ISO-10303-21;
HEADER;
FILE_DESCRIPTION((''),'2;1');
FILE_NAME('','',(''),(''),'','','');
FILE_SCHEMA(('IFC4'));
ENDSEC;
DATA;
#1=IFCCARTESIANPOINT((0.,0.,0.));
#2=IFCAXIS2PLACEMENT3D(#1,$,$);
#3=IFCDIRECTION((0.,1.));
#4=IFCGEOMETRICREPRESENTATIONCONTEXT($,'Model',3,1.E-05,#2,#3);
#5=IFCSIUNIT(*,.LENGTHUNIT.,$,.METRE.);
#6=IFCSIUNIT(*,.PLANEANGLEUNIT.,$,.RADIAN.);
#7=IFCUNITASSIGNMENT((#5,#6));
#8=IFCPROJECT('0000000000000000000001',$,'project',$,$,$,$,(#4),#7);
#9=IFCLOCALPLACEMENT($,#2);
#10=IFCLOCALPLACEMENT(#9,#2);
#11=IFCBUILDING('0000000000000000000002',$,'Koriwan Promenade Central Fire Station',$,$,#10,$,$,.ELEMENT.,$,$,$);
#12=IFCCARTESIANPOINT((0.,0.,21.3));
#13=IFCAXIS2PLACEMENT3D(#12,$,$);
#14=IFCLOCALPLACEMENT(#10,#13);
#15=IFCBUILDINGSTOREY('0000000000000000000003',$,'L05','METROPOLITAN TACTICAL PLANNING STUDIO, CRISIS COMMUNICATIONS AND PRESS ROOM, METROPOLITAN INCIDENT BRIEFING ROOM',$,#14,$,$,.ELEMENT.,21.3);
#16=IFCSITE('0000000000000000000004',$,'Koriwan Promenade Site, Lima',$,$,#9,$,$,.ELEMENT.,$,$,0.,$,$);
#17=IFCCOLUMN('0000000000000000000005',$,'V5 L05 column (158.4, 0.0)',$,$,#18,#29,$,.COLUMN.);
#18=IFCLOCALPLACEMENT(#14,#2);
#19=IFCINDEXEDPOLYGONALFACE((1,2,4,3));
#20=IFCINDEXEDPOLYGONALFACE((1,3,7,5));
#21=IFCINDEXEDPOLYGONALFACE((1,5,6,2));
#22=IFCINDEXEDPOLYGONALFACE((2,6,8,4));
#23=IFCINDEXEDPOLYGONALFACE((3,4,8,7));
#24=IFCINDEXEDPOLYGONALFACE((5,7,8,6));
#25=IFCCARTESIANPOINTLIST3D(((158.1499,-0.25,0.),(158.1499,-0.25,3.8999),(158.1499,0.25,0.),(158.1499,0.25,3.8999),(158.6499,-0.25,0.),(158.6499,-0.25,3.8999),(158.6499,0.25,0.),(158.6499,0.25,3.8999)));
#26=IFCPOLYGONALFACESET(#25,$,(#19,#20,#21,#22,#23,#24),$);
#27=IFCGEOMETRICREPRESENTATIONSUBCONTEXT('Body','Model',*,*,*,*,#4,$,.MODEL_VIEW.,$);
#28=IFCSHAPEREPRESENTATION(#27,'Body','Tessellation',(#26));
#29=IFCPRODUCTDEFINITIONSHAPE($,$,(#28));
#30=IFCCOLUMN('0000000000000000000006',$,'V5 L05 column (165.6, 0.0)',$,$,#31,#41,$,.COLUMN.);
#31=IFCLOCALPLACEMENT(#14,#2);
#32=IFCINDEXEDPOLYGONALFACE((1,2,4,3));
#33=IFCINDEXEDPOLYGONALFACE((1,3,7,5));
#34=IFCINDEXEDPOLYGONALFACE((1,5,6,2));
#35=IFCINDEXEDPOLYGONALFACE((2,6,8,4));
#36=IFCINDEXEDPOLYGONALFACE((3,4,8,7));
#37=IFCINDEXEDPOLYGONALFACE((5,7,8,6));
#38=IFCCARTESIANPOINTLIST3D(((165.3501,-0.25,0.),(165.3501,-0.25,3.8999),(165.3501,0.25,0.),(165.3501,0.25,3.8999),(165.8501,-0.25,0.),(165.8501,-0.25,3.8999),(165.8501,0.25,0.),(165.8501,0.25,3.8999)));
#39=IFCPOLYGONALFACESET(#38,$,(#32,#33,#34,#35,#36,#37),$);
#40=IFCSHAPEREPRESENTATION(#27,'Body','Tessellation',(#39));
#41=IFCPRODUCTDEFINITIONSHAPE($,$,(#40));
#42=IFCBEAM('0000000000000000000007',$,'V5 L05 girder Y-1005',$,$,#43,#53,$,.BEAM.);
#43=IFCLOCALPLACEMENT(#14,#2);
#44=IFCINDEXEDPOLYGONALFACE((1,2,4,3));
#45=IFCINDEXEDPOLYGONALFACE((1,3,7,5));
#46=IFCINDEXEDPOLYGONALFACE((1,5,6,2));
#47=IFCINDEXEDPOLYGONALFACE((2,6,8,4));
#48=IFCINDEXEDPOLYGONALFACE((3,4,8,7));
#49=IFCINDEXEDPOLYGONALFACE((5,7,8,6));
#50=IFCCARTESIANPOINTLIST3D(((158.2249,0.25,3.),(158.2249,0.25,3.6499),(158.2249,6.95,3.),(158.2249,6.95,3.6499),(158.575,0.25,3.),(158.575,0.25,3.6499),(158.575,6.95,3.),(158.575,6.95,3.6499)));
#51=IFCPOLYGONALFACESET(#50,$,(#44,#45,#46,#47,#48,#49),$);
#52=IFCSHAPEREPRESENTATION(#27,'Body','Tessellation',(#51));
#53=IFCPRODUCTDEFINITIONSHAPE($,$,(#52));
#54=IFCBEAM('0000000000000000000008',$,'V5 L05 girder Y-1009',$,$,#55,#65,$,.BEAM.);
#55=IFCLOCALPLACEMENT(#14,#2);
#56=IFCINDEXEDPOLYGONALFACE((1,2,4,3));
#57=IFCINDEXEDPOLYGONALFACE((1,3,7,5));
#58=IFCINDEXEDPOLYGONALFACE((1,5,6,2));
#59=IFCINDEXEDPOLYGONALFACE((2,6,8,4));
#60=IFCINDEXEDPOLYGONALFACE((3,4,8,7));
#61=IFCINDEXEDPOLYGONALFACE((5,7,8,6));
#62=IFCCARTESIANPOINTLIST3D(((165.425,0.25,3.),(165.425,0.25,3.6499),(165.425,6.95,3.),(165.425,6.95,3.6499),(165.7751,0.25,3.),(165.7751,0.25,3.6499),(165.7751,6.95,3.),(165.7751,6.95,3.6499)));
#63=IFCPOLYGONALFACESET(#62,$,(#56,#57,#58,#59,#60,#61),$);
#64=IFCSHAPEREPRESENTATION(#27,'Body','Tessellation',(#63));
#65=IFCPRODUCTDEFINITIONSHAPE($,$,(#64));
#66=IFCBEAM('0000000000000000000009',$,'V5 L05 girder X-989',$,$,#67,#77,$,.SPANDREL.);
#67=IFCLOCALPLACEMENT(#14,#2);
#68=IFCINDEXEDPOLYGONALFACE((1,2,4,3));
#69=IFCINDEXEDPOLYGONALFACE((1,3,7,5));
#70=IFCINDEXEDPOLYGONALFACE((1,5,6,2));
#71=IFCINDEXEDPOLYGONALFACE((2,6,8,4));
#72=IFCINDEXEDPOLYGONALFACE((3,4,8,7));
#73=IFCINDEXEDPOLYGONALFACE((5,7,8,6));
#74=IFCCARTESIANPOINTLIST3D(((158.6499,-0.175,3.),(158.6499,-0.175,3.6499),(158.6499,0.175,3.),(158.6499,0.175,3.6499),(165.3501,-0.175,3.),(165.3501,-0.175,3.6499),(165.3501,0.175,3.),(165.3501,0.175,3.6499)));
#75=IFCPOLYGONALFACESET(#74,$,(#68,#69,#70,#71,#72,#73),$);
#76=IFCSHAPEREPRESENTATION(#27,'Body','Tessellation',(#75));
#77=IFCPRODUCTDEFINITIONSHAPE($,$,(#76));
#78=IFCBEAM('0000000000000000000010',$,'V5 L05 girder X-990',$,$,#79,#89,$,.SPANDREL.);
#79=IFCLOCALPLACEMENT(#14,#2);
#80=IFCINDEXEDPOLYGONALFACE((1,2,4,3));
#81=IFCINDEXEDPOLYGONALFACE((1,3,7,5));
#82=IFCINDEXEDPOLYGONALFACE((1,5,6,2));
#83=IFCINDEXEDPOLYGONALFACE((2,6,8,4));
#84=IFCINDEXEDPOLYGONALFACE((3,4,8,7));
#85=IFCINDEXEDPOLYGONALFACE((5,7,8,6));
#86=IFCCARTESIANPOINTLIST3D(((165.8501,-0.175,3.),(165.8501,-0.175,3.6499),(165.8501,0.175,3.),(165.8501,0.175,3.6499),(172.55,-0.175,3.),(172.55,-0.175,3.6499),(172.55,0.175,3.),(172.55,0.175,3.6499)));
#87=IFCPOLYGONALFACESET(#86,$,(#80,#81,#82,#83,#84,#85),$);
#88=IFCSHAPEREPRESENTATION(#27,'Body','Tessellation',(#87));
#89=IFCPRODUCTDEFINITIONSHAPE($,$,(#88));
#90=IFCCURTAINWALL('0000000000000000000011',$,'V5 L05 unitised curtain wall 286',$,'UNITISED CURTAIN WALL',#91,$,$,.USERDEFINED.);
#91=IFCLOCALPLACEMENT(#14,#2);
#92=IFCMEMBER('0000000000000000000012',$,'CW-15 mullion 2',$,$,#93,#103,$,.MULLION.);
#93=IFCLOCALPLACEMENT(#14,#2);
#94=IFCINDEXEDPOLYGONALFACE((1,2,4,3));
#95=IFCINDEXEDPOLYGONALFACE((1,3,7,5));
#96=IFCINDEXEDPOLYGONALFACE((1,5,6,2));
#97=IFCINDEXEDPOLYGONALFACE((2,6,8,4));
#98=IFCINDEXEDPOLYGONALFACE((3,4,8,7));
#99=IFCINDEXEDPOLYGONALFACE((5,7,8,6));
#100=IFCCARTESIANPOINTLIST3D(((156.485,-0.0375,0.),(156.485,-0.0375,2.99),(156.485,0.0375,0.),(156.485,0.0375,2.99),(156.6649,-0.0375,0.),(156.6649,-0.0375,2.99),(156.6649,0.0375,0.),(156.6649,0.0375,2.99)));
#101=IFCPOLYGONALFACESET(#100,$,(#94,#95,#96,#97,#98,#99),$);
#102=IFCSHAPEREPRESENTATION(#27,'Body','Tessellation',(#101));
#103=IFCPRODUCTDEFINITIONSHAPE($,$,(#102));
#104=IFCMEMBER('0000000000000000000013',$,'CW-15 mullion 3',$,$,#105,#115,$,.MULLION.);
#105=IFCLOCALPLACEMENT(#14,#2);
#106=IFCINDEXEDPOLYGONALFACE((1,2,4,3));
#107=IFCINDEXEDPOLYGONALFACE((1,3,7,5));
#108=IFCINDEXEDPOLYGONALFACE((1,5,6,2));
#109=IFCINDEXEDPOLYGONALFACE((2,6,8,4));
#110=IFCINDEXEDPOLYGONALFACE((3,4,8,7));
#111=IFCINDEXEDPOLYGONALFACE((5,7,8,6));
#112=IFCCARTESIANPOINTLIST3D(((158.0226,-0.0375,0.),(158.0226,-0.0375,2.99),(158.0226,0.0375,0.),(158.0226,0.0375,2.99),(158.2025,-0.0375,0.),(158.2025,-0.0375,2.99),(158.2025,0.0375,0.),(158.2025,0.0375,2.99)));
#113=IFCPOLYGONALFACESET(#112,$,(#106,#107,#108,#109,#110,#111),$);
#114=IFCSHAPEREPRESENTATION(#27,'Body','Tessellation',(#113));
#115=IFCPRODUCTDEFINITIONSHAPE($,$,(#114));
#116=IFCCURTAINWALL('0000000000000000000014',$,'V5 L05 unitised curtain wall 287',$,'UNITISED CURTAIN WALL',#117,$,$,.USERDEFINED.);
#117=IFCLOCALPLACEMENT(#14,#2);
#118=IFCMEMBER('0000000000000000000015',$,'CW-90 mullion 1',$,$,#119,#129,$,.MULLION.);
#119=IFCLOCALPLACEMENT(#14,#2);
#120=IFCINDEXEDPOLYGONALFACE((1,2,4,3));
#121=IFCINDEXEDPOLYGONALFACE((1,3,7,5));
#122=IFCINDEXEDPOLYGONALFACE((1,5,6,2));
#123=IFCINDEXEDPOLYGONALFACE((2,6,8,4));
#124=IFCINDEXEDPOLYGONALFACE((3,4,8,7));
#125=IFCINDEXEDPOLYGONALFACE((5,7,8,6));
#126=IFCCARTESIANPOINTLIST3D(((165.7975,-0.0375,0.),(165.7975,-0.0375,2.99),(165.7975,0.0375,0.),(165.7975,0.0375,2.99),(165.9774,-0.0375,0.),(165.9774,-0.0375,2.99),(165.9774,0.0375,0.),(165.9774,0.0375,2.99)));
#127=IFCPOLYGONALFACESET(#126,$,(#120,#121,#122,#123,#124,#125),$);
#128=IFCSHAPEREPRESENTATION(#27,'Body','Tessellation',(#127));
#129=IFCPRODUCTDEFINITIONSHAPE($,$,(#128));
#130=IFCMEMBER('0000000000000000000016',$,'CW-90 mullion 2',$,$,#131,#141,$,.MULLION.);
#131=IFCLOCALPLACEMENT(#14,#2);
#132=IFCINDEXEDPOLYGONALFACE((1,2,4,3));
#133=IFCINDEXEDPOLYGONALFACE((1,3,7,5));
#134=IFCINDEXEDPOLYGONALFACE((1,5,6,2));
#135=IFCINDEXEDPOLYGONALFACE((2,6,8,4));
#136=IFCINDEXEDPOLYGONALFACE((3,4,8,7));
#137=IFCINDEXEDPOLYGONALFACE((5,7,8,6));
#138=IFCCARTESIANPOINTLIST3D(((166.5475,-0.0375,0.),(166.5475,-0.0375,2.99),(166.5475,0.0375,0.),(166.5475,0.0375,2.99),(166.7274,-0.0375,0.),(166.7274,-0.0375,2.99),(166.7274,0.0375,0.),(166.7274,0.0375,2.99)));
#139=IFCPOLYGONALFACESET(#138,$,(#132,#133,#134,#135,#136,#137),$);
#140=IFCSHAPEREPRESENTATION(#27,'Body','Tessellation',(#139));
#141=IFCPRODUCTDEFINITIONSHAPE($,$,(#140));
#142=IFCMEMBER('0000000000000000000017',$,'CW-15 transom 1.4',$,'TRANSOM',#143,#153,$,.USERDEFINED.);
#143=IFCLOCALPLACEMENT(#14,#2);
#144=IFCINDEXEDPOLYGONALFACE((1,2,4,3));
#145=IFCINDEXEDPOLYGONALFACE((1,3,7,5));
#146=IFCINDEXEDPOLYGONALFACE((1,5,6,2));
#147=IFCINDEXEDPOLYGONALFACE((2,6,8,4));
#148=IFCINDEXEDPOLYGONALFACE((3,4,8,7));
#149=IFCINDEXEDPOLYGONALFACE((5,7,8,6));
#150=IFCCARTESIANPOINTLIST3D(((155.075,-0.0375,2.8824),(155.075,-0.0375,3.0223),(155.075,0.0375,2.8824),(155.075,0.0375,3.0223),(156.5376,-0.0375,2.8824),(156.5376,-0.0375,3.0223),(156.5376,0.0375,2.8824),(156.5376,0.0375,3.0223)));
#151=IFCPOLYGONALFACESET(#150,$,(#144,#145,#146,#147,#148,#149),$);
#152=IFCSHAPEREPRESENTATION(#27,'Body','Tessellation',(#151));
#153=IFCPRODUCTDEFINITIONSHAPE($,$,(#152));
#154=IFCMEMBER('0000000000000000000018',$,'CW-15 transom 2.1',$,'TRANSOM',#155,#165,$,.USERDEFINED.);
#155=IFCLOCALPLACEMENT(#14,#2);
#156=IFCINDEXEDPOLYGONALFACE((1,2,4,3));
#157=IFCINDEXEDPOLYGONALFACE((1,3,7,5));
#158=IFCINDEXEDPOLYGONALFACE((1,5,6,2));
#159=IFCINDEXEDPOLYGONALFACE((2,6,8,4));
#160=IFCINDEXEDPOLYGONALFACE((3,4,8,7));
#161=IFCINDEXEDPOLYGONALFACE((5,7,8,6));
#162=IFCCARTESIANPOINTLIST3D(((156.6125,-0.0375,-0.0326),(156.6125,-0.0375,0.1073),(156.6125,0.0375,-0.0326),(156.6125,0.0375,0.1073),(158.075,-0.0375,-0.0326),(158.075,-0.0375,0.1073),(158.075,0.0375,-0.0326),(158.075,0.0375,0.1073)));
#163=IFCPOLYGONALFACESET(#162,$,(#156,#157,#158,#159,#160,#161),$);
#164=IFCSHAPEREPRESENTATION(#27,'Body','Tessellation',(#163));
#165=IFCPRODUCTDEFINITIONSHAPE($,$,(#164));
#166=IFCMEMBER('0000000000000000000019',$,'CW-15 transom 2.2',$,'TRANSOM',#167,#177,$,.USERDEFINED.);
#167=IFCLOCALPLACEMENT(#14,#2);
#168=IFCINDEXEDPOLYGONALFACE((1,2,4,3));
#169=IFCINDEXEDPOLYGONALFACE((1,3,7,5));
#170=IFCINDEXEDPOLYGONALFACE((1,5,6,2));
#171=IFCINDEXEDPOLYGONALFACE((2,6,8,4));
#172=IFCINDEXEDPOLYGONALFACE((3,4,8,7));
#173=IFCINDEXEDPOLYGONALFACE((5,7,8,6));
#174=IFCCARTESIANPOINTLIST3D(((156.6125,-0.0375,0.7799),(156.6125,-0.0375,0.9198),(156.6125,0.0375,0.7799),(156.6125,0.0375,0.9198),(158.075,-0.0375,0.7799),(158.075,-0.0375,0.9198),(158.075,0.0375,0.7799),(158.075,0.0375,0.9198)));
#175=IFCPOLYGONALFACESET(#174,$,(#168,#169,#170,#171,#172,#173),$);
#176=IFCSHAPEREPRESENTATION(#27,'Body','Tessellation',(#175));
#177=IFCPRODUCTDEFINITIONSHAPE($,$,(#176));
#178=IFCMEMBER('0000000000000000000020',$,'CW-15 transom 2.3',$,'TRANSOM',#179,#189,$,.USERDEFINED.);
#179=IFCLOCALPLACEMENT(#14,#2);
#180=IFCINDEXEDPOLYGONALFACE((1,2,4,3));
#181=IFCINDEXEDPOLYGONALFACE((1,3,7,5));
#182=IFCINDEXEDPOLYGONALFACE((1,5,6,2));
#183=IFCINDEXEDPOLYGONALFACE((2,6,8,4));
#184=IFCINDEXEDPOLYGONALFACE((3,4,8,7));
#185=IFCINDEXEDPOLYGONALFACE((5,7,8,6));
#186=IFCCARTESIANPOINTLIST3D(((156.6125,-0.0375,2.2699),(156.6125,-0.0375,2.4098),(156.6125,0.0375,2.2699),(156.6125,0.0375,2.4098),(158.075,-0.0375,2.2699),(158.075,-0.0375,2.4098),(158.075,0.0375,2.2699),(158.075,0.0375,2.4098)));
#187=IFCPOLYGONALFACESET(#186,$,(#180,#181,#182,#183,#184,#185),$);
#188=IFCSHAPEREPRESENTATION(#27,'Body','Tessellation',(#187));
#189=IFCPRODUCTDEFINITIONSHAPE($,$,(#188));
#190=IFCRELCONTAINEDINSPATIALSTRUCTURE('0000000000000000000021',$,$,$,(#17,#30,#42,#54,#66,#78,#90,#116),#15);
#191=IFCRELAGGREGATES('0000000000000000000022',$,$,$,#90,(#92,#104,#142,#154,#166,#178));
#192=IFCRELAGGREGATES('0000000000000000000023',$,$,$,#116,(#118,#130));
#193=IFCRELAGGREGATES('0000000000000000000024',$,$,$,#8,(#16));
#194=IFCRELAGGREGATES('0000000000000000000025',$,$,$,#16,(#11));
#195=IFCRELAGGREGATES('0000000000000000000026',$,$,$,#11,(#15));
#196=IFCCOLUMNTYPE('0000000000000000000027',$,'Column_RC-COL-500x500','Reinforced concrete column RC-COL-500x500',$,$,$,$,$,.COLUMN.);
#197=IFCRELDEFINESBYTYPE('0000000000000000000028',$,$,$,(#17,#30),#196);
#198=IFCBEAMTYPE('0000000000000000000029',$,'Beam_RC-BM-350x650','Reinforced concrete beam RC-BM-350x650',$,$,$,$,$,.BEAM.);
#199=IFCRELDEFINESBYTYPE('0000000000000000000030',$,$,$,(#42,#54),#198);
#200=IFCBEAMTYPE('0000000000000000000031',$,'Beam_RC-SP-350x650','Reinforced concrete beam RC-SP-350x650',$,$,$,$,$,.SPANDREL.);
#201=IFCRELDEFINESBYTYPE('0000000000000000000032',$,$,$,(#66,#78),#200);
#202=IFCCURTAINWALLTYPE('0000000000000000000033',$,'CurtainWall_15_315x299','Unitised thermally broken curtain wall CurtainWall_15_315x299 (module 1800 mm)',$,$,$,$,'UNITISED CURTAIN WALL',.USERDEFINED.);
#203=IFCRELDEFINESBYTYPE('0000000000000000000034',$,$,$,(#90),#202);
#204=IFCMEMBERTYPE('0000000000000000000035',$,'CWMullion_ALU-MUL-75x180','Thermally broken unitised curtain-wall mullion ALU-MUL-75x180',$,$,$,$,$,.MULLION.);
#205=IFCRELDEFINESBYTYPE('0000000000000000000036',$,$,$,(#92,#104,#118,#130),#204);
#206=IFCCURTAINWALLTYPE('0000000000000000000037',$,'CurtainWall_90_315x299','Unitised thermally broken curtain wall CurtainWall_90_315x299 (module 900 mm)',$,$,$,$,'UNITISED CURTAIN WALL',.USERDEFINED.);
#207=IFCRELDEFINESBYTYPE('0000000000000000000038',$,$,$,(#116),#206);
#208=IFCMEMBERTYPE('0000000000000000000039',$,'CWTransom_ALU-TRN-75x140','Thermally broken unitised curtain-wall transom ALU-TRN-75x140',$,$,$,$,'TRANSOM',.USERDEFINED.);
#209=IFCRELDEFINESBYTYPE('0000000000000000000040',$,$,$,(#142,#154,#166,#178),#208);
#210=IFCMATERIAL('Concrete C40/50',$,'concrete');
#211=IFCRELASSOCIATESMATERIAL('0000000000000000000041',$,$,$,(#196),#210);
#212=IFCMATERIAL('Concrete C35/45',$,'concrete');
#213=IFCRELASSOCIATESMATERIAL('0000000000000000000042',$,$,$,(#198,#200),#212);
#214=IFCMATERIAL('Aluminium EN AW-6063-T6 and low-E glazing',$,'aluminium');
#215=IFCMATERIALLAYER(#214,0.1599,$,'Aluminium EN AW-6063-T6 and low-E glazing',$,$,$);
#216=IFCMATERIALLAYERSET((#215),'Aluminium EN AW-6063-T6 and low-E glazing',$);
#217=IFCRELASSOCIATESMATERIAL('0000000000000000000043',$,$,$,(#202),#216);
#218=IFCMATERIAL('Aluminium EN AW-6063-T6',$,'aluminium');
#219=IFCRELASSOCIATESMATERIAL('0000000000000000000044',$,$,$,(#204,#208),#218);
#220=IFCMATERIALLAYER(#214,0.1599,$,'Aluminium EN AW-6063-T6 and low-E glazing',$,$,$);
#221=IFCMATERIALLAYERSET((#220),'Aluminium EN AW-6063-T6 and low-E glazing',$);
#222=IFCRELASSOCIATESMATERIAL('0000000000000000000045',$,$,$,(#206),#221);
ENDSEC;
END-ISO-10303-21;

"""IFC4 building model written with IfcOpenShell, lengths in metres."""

from ifc_helpers import new_model, si_unit, direction, frame, origin, origin_2d, place, context, subcontext, project, spatial, rectangle, extrude, material, layer, layer_set, material_profile, profile_set, type_object, element, aggregate, save


model = new_model("IFC4")

# Units and contexts
model_context = context("Model", 3, precision=1e-05, world=origin(), true_north=direction((0.0, 1.0)))
body_context = subcontext(model_context, "Body", "Model", "MODEL_VIEW")
ifc_project = project(units=[si_unit("LENGTHUNIT", "METRE"), si_unit("PLANEANGLEUNIT", "RADIAN")], contexts=[model_context])

# Site, building, storey
site_placement = place(None, origin())
site = spatial("IfcSite", under=ifc_project, at=site_placement, Name="Koriwan Promenade Site, Lima", CompositionType="ELEMENT", RefElevation=0.0)
building_placement = place(site_placement, origin())
building = spatial("IfcBuilding", under=site, at=building_placement, Name="Koriwan Promenade Central Fire Station", CompositionType="ELEMENT")
storey_placement = place(building_placement, frame((0.0, 0.0, 21.3)))
storey = spatial("IfcBuildingStorey", under=building, at=storey_placement, Name="L05", Description="METROPOLITAN TACTICAL PLANNING STUDIO, CRISIS COMMUNICATIONS AND PRESS ROOM, METROPOLITAN INCIDENT BRIEFING ROOM", CompositionType="ELEMENT", Elevation=21.3)

# Columns
ifc_material_1 = material(Name="Concrete C40/50", Category="concrete")
ifc_material_profile_1 = material_profile(ifc_material_1, rectangle(XDim=0.5, YDim=0.5, at=origin_2d()), Name="RC-COL-500x500")
ifc_profile_set_1 = profile_set([ifc_material_profile_1], Name="Concrete C40/50")
column_type = type_object("IfcColumnType", Name="Column_RC-COL-500x500", Description="Reinforced concrete column RC-COL-500x500", PredefinedType="COLUMN", material=ifc_profile_set_1)
for number, where, z_axis, x_axis, name in (
    (1, (158.3999, 0.0, 0.0), (0.0, 0.0, 1.0), (1.0, 0.0, 0.0), "V5 L05 column (158.4, 0.0)"),
    (2, (165.6001, 0.0, 0.0), (0.0, 0.0, 1.0), (1.0, 0.0, 0.0), "V5 L05 column (165.6, 0.0)"),
):
    element("IfcColumn", number, at=place(storey_placement, frame(where, z_axis=z_axis, x_axis=x_axis)), inside=storey, type_object=column_type, Name=name, PredefinedType="COLUMN", context=body_context, shape_type="SweptSolid", body=[
        extrude(rectangle(XDim=0.5, YDim=0.5, at=origin_2d()), origin(), (0.0, 0.0, 1.0), 3.8999),
    ])

# Beams
ifc_material_2 = material(Name="Concrete C35/45", Category="concrete")
ifc_material_profile_2 = material_profile(ifc_material_2, rectangle(XDim=0.3501, YDim=0.6499, at=origin_2d()), Name="RC-BM-350x650")
ifc_profile_set_2 = profile_set([ifc_material_profile_2], Name="Concrete C35/45")
beam_type_1 = type_object("IfcBeamType", Name="Beam_RC-BM-350x650", Description="Reinforced concrete beam RC-BM-350x650", PredefinedType="BEAM", material=ifc_profile_set_2)
for number, where, z_axis, x_axis, name in (
    (3, (158.3999, 0.25, 3.325), (0.0, 1.0, 0.0), (-1.0, 0.0, 0.0), "V5 L05 girder Y-1005"),
    (4, (165.6001, 0.25, 3.325), (0.0, 1.0, 0.0), (-1.0, 0.0, 0.0), "V5 L05 girder Y-1009"),
):
    element("IfcBeam", number, at=place(storey_placement, frame(where, z_axis=z_axis, x_axis=x_axis)), inside=storey, type_object=beam_type_1, Name=name, PredefinedType="BEAM", context=body_context, shape_type="SweptSolid", body=[
        extrude(rectangle(XDim=0.3501, YDim=0.6499, at=origin_2d()), origin(), (0.0, 0.0, 1.0), 6.7),
    ])
ifc_material_profile_3 = material_profile(ifc_material_2, rectangle(XDim=0.3501, YDim=0.6499, at=origin_2d()), Name="RC-SP-350x650")
ifc_profile_set_3 = profile_set([ifc_material_profile_3], Name="Concrete C35/45")
beam_type_2 = type_object("IfcBeamType", Name="Beam_RC-SP-350x650", Description="Reinforced concrete beam RC-SP-350x650", PredefinedType="SPANDREL", material=ifc_profile_set_3)
beam_1_placement = place(storey_placement, frame((158.6499, 0.0, 3.325), z_axis=(1.0, 0.0, 0.0), x_axis=(0.0, 1.0, 0.0)))
element("IfcBeam", 5, at=beam_1_placement, inside=storey, type_object=beam_type_2, Name="V5 L05 girder X-989", PredefinedType="SPANDREL", context=body_context, shape_type="SweptSolid", body=[
    extrude(rectangle(XDim=0.3501, YDim=0.6499, at=origin_2d()), origin(), (0.0, 0.0, 1.0), 6.7002),
])
beam_2_placement = place(storey_placement, frame((165.8501, 0.0, 3.325), z_axis=(1.0, 0.0, 0.0), x_axis=(0.0, 1.0, 0.0)))
element("IfcBeam", 6, at=beam_2_placement, inside=storey, type_object=beam_type_2, Name="V5 L05 girder X-990", PredefinedType="SPANDREL", context=body_context, shape_type="SweptSolid", body=[
    extrude(rectangle(XDim=0.3501, YDim=0.6499, at=origin_2d()), origin(), (0.0, 0.0, 1.0), 6.7),
])

# Curtain walls, members
ifc_material_3 = material(Name="Aluminium EN AW-6063-T6 and low-E glazing", Category="aluminium")
ifc_layer_1 = layer(ifc_material_3, 0.1599, Name="Aluminium EN AW-6063-T6 and low-E glazing")
ifc_layer_set_1 = layer_set([ifc_layer_1], Name="Aluminium EN AW-6063-T6 and low-E glazing")
curtain_wall_type_1 = type_object("IfcCurtainWallType", Name="CurtainWall_15_315x299", Description="Unitised thermally broken curtain wall CurtainWall_15_315x299 (module 1800 mm)", ElementType="UNITISED CURTAIN WALL", PredefinedType="USERDEFINED", material=ifc_layer_set_1)
curtain_wall_1_placement = place(storey_placement, origin())
curtain_wall_1 = element("IfcCurtainWall", 7, at=curtain_wall_1_placement, inside=storey, type_object=curtain_wall_type_1, Name="V5 L05 unitised curtain wall 286", ObjectType="UNITISED CURTAIN WALL", PredefinedType="USERDEFINED")
ifc_material_4 = material(Name="Aluminium EN AW-6063-T6", Category="aluminium")
ifc_material_profile_4 = material_profile(ifc_material_4, rectangle(XDim=0.075, YDim=0.1799, at=origin_2d()), Name="ALU-MUL-75x180")
ifc_profile_set_4 = profile_set([ifc_material_profile_4], Name="Aluminium EN AW-6063-T6")
member_type_1 = type_object("IfcMemberType", Name="CWMullion_ALU-MUL-75x180", Description="Thermally broken unitised curtain-wall mullion ALU-MUL-75x180", PredefinedType="MULLION", material=ifc_profile_set_4)
member_1_placement = place(storey_placement, frame((156.575, 0.0, 0.0), z_axis=(0.0, 0.0, 1.0), x_axis=(0.0, 1.0, 0.0)))
member_1 = element("IfcMember", 8, at=member_1_placement, type_object=member_type_1, Name="CW-15 mullion 2", PredefinedType="MULLION", context=body_context, shape_type="SweptSolid", body=[
    extrude(rectangle(XDim=0.075, YDim=0.1799, at=origin_2d()), origin(), (0.0, 0.0, 1.0), 2.99),
])
member_2_placement = place(storey_placement, frame((158.1125, 0.0, 0.0), z_axis=(0.0, 0.0, 1.0), x_axis=(0.0, 1.0, 0.0)))
member_2 = element("IfcMember", 9, at=member_2_placement, type_object=member_type_1, Name="CW-15 mullion 3", PredefinedType="MULLION", context=body_context, shape_type="SweptSolid", body=[
    extrude(rectangle(XDim=0.075, YDim=0.1799, at=origin_2d()), origin(), (0.0, 0.0, 1.0), 2.99),
])
ifc_layer_2 = layer(ifc_material_3, 0.1599, Name="Aluminium EN AW-6063-T6 and low-E glazing")
ifc_layer_set_2 = layer_set([ifc_layer_2], Name="Aluminium EN AW-6063-T6 and low-E glazing")
curtain_wall_type_2 = type_object("IfcCurtainWallType", Name="CurtainWall_90_315x299", Description="Unitised thermally broken curtain wall CurtainWall_90_315x299 (module 900 mm)", ElementType="UNITISED CURTAIN WALL", PredefinedType="USERDEFINED", material=ifc_layer_set_2)
curtain_wall_2_placement = place(storey_placement, origin())
curtain_wall_2 = element("IfcCurtainWall", 10, at=curtain_wall_2_placement, inside=storey, type_object=curtain_wall_type_2, Name="V5 L05 unitised curtain wall 287", ObjectType="UNITISED CURTAIN WALL", PredefinedType="USERDEFINED")
member_3_placement = place(storey_placement, frame((165.8875, 0.0, 0.0), z_axis=(0.0, 0.0, 1.0), x_axis=(0.0, 1.0, 0.0)))
member_3 = element("IfcMember", 11, at=member_3_placement, type_object=member_type_1, Name="CW-90 mullion 1", PredefinedType="MULLION", context=body_context, shape_type="SweptSolid", body=[
    extrude(rectangle(XDim=0.075, YDim=0.1799, at=origin_2d()), origin(), (0.0, 0.0, 1.0), 2.99),
])
member_4_placement = place(storey_placement, frame((166.6375, 0.0, 0.0), z_axis=(0.0, 0.0, 1.0), x_axis=(0.0, 1.0, 0.0)))
member_4 = element("IfcMember", 12, at=member_4_placement, type_object=member_type_1, Name="CW-90 mullion 2", PredefinedType="MULLION", context=body_context, shape_type="SweptSolid", body=[
    extrude(rectangle(XDim=0.075, YDim=0.1799, at=origin_2d()), origin(), (0.0, 0.0, 1.0), 2.99),
])

# Members
ifc_material_profile_5 = material_profile(ifc_material_4, rectangle(XDim=0.075, YDim=0.1399, at=origin_2d()), Name="ALU-TRN-75x140")
ifc_profile_set_5 = profile_set([ifc_material_profile_5], Name="Aluminium EN AW-6063-T6")
member_type_2 = type_object("IfcMemberType", Name="CWTransom_ALU-TRN-75x140", Description="Thermally broken unitised curtain-wall transom ALU-TRN-75x140", ElementType="TRANSOM", PredefinedType="USERDEFINED", material=ifc_profile_set_5)
member_5_placement = place(storey_placement, frame((155.075, 0.0, 2.9524), z_axis=(1.0, 0.0, 0.0), x_axis=(0.0, 1.0, 0.0)))
member_5 = element("IfcMember", 13, at=member_5_placement, type_object=member_type_2, Name="CW-15 transom 1.4", ObjectType="TRANSOM", PredefinedType="USERDEFINED", context=body_context, shape_type="SweptSolid", body=[
    extrude(rectangle(XDim=0.075, YDim=0.1399, at=origin_2d()), origin(), (0.0, 0.0, 1.0), 1.4626),
])
member_6_placement = place(storey_placement, frame((156.6125, 0.0, 0.0374), z_axis=(1.0, 0.0, 0.0), x_axis=(0.0, 1.0, 0.0)))
member_6 = element("IfcMember", 14, at=member_6_placement, type_object=member_type_2, Name="CW-15 transom 2.1", ObjectType="TRANSOM", PredefinedType="USERDEFINED", context=body_context, shape_type="SweptSolid", body=[
    extrude(rectangle(XDim=0.075, YDim=0.1399, at=origin_2d()), origin(), (0.0, 0.0, 1.0), 1.4624),
])
member_7_placement = place(storey_placement, frame((156.6125, 0.0, 0.8499), z_axis=(1.0, 0.0, 0.0), x_axis=(0.0, 1.0, 0.0)))
member_7 = element("IfcMember", 15, at=member_7_placement, type_object=member_type_2, Name="CW-15 transom 2.2", ObjectType="TRANSOM", PredefinedType="USERDEFINED", context=body_context, shape_type="SweptSolid", body=[
    extrude(rectangle(XDim=0.075, YDim=0.1399, at=origin_2d()), origin(), (0.0, 0.0, 1.0), 1.4624),
])
member_8_placement = place(storey_placement, frame((156.6125, 0.0, 2.3398), z_axis=(1.0, 0.0, 0.0), x_axis=(0.0, 1.0, 0.0)))
member_8 = element("IfcMember", 16, at=member_8_placement, type_object=member_type_2, Name="CW-15 transom 2.3", ObjectType="TRANSOM", PredefinedType="USERDEFINED", context=body_context, shape_type="SweptSolid", body=[
    extrude(rectangle(XDim=0.075, YDim=0.1399, at=origin_2d()), origin(), (0.0, 0.0, 1.0), 1.4624),
])

aggregate(curtain_wall_1, [member_1, member_2, member_5, member_6, member_7, member_8])
aggregate(curtain_wall_2, [member_3, member_4])

save(model, "model.ifc")
